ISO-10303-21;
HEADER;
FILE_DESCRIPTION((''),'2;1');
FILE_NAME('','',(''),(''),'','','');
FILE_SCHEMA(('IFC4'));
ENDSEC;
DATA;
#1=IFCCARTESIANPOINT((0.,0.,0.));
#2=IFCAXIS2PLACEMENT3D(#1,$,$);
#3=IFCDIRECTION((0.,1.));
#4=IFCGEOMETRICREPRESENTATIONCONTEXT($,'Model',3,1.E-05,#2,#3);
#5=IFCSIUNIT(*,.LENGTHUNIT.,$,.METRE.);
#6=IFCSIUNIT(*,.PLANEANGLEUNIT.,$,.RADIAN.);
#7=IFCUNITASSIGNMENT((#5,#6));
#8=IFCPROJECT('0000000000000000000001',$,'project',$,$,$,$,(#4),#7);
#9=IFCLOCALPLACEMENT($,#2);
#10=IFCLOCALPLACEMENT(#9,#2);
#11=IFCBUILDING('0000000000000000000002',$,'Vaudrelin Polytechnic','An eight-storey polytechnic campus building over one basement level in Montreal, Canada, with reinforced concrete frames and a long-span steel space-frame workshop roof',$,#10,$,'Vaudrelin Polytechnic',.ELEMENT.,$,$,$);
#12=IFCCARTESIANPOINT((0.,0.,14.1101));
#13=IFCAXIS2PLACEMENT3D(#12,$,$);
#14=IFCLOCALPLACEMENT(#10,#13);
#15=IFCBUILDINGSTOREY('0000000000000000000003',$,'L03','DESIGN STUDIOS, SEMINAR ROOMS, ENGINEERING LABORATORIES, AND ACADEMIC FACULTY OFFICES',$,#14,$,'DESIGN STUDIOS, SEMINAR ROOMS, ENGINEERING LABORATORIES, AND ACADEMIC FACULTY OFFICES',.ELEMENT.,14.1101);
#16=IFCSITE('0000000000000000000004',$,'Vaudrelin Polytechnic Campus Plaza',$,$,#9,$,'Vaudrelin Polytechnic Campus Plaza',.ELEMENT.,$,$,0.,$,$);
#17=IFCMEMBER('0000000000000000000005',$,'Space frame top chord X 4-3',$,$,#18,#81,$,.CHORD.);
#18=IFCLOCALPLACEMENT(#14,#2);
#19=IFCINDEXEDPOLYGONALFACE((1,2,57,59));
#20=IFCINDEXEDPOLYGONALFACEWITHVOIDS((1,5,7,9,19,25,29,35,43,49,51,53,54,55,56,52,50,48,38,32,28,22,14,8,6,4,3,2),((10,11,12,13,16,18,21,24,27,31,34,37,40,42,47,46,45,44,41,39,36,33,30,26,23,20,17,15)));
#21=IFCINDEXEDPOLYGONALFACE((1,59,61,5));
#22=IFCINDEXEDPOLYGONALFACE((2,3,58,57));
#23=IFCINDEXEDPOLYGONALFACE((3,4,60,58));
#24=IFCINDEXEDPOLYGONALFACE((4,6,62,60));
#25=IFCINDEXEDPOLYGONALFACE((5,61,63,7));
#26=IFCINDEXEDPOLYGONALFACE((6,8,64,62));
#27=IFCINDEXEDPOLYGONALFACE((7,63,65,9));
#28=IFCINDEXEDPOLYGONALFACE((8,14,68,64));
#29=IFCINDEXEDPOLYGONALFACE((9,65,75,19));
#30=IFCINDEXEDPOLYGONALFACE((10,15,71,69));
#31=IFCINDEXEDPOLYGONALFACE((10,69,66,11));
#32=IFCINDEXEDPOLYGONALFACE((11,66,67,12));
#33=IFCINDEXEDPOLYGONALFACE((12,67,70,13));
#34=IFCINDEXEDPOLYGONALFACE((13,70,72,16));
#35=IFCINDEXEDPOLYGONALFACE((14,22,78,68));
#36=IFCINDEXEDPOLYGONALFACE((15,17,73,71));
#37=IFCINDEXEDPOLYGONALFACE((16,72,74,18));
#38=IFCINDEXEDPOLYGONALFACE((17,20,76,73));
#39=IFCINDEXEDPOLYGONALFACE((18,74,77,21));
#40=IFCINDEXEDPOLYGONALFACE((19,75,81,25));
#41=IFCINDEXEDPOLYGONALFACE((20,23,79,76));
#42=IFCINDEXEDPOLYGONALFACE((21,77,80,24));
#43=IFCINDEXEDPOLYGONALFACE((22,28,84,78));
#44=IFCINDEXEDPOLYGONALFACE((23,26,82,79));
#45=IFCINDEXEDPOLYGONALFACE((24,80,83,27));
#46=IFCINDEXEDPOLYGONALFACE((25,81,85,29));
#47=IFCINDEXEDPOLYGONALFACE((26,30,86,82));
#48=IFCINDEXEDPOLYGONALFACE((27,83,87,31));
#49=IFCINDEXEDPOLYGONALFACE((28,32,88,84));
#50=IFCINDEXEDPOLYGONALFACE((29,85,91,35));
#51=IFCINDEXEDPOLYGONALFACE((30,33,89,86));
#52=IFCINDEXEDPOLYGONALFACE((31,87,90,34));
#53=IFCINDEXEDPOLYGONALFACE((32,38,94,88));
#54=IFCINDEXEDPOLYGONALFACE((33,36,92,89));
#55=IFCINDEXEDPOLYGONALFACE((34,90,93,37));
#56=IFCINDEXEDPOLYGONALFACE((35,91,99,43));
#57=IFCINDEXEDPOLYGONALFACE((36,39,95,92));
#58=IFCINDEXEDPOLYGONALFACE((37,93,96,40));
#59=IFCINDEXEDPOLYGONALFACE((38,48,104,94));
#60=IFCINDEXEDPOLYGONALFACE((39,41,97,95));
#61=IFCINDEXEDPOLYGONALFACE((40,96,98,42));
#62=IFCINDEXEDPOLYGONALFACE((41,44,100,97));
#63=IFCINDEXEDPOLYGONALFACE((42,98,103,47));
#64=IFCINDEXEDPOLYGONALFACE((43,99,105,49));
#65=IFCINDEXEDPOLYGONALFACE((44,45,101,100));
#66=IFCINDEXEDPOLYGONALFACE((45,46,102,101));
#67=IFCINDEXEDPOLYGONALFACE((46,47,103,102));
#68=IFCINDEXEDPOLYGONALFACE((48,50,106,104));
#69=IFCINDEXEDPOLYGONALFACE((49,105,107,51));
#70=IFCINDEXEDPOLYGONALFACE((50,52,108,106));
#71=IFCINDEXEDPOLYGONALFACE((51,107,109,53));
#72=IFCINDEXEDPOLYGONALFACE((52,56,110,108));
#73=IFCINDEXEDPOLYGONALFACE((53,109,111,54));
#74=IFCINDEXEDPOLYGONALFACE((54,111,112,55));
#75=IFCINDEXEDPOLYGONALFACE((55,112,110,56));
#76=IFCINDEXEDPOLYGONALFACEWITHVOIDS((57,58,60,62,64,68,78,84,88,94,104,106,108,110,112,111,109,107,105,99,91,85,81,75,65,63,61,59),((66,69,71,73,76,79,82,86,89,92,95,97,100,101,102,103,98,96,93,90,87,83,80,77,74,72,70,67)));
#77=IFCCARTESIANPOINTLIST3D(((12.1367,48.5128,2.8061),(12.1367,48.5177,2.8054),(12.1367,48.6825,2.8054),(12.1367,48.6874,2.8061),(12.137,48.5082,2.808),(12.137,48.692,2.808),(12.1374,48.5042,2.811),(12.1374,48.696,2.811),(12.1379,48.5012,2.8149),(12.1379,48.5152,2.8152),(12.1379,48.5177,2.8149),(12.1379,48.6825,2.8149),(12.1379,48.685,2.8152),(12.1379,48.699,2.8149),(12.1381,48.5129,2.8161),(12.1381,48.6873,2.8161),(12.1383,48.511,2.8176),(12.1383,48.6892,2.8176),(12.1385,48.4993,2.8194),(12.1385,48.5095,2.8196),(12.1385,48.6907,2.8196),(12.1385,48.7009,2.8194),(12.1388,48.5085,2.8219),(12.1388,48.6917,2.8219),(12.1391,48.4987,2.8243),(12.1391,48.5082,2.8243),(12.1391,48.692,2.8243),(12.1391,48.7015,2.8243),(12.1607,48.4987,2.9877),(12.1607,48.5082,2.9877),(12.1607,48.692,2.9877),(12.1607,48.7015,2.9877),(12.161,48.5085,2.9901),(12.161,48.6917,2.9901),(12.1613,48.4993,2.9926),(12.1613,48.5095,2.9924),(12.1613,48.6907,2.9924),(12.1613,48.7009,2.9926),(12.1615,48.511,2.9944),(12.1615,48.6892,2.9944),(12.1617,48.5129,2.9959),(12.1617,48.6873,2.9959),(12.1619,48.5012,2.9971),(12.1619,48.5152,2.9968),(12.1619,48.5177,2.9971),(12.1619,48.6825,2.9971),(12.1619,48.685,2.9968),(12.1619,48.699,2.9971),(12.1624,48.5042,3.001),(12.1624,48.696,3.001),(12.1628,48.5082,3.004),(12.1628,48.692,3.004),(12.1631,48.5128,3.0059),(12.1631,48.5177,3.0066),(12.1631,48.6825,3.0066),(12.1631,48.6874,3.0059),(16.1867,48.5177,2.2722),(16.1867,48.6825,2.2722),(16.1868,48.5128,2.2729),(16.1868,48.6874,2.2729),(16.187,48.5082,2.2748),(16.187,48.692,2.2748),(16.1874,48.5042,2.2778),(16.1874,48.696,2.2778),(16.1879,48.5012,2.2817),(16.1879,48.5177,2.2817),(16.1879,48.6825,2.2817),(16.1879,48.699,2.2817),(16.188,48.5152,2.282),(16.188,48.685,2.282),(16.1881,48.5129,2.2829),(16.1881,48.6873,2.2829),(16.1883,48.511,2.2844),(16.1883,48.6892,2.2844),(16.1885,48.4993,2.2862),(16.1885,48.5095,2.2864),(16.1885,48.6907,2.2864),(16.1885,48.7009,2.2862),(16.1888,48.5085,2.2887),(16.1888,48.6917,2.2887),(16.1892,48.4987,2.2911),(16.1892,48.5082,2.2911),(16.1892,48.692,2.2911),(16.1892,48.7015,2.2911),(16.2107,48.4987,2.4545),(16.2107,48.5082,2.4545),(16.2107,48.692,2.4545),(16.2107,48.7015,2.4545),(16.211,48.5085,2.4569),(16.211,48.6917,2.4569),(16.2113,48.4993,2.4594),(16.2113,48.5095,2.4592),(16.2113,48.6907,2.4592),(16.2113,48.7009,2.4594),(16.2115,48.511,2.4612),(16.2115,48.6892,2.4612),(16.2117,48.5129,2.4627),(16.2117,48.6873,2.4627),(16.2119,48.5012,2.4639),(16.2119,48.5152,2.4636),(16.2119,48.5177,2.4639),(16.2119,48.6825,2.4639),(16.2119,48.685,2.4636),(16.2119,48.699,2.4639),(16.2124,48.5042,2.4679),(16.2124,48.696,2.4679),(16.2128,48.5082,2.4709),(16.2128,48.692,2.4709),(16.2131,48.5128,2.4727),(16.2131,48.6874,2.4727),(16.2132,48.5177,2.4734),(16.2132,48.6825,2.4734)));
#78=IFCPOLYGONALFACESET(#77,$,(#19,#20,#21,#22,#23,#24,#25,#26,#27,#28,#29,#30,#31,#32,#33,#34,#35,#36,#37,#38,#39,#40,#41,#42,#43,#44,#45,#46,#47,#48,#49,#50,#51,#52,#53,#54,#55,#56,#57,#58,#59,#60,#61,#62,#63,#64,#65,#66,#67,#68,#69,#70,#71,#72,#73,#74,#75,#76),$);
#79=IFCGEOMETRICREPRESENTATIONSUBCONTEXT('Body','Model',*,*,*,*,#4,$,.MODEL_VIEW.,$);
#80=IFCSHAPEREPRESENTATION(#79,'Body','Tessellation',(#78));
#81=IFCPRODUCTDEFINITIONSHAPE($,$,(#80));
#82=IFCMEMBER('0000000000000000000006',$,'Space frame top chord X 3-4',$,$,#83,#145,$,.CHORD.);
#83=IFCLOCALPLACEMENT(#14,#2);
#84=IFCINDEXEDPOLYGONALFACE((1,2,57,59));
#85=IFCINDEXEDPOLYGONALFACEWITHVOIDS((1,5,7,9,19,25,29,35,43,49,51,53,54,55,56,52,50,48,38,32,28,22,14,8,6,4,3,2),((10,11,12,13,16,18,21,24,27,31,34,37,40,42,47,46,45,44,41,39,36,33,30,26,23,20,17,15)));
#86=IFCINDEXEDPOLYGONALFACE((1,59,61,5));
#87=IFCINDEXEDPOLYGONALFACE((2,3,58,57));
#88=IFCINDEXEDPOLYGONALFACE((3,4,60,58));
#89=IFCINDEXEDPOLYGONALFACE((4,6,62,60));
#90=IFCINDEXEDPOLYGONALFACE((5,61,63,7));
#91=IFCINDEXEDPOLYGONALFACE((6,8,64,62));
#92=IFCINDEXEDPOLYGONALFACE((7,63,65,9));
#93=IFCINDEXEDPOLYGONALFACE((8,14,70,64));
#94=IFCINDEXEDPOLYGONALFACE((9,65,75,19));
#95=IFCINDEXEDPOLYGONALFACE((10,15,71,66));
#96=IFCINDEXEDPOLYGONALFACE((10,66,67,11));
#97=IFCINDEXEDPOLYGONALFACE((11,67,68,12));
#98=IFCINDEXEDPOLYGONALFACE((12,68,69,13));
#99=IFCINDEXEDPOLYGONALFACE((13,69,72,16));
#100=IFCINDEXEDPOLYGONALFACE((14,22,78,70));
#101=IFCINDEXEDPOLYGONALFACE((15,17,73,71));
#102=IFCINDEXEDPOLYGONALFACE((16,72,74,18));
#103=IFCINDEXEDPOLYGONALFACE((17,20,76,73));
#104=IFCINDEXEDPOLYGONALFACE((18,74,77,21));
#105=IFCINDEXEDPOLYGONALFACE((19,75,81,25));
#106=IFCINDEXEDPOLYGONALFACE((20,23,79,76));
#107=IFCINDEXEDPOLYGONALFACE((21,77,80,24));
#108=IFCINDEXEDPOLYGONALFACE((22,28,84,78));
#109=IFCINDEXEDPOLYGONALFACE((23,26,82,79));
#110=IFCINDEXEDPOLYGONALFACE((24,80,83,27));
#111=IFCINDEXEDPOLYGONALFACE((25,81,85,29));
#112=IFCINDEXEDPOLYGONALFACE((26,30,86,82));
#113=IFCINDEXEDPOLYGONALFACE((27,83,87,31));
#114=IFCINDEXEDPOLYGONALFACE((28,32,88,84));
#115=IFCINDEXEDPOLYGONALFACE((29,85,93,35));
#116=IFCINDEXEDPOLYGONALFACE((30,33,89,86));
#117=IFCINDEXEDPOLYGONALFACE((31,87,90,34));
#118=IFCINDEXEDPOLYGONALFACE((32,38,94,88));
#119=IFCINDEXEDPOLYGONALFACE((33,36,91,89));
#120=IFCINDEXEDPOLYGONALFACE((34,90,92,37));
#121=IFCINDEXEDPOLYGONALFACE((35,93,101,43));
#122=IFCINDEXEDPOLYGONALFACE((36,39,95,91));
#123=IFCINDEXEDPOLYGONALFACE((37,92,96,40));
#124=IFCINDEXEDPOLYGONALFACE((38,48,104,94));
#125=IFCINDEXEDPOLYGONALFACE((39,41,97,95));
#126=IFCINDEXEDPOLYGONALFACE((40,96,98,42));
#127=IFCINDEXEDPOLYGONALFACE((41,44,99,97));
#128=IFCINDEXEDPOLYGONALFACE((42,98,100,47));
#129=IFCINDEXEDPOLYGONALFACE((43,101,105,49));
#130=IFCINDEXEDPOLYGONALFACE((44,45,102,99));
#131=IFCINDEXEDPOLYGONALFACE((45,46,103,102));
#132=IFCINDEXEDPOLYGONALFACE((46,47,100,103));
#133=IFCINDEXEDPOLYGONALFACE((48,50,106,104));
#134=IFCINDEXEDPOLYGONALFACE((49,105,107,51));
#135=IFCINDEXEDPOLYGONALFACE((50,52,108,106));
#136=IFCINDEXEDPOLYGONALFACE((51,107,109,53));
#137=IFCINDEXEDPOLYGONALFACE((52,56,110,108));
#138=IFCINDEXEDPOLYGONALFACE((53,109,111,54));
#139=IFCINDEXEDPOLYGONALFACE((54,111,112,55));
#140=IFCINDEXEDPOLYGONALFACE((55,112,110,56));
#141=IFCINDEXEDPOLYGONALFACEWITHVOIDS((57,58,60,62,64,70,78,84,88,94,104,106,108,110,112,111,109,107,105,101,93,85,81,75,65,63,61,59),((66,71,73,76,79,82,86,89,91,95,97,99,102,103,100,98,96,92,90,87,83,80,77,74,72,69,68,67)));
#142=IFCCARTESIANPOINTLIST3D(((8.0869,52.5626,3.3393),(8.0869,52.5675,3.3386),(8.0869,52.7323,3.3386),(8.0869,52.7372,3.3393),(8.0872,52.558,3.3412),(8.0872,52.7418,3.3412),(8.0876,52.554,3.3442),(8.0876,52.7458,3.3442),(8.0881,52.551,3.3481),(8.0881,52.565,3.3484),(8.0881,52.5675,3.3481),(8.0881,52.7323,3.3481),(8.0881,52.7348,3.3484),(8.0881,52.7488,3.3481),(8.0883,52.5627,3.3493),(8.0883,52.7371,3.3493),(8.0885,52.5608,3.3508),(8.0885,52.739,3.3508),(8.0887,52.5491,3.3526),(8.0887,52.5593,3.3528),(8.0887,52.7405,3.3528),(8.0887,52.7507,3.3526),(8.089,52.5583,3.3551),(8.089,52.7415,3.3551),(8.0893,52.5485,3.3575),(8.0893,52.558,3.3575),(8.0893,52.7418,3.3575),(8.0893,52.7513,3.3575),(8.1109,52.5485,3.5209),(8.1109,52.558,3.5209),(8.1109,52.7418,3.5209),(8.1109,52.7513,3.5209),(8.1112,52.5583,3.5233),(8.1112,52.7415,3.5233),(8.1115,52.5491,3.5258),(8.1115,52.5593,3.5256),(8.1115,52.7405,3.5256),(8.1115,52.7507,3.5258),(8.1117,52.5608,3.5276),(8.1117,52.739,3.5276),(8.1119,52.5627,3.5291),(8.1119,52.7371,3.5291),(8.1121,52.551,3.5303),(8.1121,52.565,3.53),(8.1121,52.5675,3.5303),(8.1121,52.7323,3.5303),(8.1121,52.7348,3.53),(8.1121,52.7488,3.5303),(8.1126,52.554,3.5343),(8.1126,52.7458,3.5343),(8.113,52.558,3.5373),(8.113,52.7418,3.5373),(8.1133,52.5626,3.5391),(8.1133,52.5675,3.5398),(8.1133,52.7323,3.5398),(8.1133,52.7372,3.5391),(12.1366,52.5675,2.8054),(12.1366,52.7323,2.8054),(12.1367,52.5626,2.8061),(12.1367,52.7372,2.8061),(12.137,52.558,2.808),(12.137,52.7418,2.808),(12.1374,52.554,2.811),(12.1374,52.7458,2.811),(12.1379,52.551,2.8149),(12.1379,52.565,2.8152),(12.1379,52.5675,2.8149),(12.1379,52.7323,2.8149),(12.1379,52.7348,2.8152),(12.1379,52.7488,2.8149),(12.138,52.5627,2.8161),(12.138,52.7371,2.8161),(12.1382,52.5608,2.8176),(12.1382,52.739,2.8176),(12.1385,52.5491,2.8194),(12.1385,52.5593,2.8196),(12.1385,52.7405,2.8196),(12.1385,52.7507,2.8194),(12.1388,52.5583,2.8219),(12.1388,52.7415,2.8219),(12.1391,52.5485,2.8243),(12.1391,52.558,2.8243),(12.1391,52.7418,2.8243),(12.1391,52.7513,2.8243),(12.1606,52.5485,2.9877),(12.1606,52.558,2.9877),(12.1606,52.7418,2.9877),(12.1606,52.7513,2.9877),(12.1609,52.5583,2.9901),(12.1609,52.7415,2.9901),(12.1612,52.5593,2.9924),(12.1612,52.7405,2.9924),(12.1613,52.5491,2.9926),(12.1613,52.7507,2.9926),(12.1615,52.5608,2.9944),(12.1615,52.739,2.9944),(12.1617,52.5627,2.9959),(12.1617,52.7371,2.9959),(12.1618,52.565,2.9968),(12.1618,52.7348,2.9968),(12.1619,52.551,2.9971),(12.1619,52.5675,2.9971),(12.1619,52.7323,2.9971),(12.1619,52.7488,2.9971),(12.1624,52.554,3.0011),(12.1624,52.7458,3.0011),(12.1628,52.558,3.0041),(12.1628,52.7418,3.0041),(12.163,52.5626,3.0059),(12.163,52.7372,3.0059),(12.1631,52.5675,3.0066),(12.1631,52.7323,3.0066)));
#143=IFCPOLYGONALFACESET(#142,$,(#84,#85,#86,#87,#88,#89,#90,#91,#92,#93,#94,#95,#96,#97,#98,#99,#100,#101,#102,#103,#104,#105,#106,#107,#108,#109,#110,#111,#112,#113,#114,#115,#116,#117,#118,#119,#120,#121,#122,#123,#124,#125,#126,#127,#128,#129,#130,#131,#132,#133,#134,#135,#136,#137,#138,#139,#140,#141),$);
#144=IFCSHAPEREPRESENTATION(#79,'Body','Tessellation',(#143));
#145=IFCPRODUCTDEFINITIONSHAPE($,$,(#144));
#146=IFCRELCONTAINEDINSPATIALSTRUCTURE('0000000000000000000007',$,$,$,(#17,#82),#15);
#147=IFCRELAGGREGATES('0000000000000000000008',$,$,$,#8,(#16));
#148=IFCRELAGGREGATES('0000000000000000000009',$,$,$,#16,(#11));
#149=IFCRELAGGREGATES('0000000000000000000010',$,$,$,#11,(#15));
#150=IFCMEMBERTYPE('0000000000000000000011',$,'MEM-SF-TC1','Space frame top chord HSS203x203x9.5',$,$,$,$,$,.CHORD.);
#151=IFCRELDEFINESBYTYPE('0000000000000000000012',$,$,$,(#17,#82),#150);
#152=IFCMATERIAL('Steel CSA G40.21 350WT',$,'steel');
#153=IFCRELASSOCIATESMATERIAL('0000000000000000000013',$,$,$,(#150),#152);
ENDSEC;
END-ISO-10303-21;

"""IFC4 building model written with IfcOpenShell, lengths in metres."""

from ifc_helpers import new_model, si_unit, direction, frame, origin, origin_2d, place, context, subcontext, project, spatial, hollow_rectangle, extrude, material, material_profile, profile_set, type_object, element, save


model = new_model("IFC4")

# Units and contexts
model_context = context("Model", 3, precision=1e-05, world=origin(), true_north=direction((0.0, 1.0)))
body_context = subcontext(model_context, "Body", "Model", "MODEL_VIEW")
ifc_project = project(units=[si_unit("LENGTHUNIT", "METRE"), si_unit("PLANEANGLEUNIT", "RADIAN")], contexts=[model_context])

# Site, building, storey
site_placement = place(None, origin())
site = spatial("IfcSite", under=ifc_project, at=site_placement, Name="Vaudrelin Polytechnic Campus Plaza", LongName="Vaudrelin Polytechnic Campus Plaza", CompositionType="ELEMENT", RefElevation=0.0)
building_placement = place(site_placement, origin())
building = spatial("IfcBuilding", under=site, at=building_placement, Name="Vaudrelin Polytechnic", Description="An eight-storey polytechnic campus building over one basement level in Montreal, Canada, with reinforced concrete frames and a long-span steel space-frame workshop roof", LongName="Vaudrelin Polytechnic", CompositionType="ELEMENT")
storey_placement = place(building_placement, frame((0.0, 0.0, 14.1101)))
storey = spatial("IfcBuildingStorey", under=building, at=storey_placement, Name="L03", Description="DESIGN STUDIOS, SEMINAR ROOMS, ENGINEERING LABORATORIES, AND ACADEMIC FACULTY OFFICES", LongName="DESIGN STUDIOS, SEMINAR ROOMS, ENGINEERING LABORATORIES, AND ACADEMIC FACULTY OFFICES", CompositionType="ELEMENT", Elevation=14.1101)

# Members
ifc_material = material(Name="Steel CSA G40.21 350WT", Category="steel")
ifc_material_profile_1 = material_profile(ifc_material, hollow_rectangle(XDim=0.2029, YDim=0.2029, WallThickness=0.0095, InnerFilletRadius=0.0095, OuterFilletRadius=0.019, at=origin_2d()), Name="HSS203x203x9.5")
ifc_profile_set_1 = profile_set([ifc_material_profile_1], Name="Steel CSA G40.21 350WT")
member_type_1 = type_object("IfcMemberType", Name="MEM-SF-TC1", Description="Space frame top chord HSS203x203x9.5", PredefinedType="CHORD", material=ifc_profile_set_1)
member_1_placement = place(storey_placement, frame((12.1499, 48.6001, 2.906), z_axis=(0.991445, 0.0, -0.130527), x_axis=(0.0, 1.0, 0.0)))
element("IfcMember", 1, at=member_1_placement, inside=storey, type_object=member_type_1, Name="Space frame top chord X 4-3", PredefinedType="CHORD", context=body_context, shape_type="SweptSolid", body=[
    extrude(hollow_rectangle(XDim=0.2029, YDim=0.2029, WallThickness=0.0095, InnerFilletRadius=0.0095, OuterFilletRadius=0.019, at=origin_2d()), origin(), (0.0, 0.0, 1.0), 4.085),
])
member_2_placement = place(storey_placement, frame((8.1001, 52.6499, 3.4392), z_axis=(0.991444, 0.0, -0.130535), x_axis=(0.0, 1.0, 0.0)))
element("IfcMember", 2, at=member_2_placement, inside=storey, type_object=member_type_1, Name="Space frame top chord X 3-4", PredefinedType="CHORD", context=body_context, shape_type="SweptSolid", body=[
    extrude(hollow_rectangle(XDim=0.2029, YDim=0.2029, WallThickness=0.0095, InnerFilletRadius=0.0095, OuterFilletRadius=0.019, at=origin_2d()), origin(), (0.0, 0.0, 1.0), 4.0847),
])

save(model, "model.ifc")
